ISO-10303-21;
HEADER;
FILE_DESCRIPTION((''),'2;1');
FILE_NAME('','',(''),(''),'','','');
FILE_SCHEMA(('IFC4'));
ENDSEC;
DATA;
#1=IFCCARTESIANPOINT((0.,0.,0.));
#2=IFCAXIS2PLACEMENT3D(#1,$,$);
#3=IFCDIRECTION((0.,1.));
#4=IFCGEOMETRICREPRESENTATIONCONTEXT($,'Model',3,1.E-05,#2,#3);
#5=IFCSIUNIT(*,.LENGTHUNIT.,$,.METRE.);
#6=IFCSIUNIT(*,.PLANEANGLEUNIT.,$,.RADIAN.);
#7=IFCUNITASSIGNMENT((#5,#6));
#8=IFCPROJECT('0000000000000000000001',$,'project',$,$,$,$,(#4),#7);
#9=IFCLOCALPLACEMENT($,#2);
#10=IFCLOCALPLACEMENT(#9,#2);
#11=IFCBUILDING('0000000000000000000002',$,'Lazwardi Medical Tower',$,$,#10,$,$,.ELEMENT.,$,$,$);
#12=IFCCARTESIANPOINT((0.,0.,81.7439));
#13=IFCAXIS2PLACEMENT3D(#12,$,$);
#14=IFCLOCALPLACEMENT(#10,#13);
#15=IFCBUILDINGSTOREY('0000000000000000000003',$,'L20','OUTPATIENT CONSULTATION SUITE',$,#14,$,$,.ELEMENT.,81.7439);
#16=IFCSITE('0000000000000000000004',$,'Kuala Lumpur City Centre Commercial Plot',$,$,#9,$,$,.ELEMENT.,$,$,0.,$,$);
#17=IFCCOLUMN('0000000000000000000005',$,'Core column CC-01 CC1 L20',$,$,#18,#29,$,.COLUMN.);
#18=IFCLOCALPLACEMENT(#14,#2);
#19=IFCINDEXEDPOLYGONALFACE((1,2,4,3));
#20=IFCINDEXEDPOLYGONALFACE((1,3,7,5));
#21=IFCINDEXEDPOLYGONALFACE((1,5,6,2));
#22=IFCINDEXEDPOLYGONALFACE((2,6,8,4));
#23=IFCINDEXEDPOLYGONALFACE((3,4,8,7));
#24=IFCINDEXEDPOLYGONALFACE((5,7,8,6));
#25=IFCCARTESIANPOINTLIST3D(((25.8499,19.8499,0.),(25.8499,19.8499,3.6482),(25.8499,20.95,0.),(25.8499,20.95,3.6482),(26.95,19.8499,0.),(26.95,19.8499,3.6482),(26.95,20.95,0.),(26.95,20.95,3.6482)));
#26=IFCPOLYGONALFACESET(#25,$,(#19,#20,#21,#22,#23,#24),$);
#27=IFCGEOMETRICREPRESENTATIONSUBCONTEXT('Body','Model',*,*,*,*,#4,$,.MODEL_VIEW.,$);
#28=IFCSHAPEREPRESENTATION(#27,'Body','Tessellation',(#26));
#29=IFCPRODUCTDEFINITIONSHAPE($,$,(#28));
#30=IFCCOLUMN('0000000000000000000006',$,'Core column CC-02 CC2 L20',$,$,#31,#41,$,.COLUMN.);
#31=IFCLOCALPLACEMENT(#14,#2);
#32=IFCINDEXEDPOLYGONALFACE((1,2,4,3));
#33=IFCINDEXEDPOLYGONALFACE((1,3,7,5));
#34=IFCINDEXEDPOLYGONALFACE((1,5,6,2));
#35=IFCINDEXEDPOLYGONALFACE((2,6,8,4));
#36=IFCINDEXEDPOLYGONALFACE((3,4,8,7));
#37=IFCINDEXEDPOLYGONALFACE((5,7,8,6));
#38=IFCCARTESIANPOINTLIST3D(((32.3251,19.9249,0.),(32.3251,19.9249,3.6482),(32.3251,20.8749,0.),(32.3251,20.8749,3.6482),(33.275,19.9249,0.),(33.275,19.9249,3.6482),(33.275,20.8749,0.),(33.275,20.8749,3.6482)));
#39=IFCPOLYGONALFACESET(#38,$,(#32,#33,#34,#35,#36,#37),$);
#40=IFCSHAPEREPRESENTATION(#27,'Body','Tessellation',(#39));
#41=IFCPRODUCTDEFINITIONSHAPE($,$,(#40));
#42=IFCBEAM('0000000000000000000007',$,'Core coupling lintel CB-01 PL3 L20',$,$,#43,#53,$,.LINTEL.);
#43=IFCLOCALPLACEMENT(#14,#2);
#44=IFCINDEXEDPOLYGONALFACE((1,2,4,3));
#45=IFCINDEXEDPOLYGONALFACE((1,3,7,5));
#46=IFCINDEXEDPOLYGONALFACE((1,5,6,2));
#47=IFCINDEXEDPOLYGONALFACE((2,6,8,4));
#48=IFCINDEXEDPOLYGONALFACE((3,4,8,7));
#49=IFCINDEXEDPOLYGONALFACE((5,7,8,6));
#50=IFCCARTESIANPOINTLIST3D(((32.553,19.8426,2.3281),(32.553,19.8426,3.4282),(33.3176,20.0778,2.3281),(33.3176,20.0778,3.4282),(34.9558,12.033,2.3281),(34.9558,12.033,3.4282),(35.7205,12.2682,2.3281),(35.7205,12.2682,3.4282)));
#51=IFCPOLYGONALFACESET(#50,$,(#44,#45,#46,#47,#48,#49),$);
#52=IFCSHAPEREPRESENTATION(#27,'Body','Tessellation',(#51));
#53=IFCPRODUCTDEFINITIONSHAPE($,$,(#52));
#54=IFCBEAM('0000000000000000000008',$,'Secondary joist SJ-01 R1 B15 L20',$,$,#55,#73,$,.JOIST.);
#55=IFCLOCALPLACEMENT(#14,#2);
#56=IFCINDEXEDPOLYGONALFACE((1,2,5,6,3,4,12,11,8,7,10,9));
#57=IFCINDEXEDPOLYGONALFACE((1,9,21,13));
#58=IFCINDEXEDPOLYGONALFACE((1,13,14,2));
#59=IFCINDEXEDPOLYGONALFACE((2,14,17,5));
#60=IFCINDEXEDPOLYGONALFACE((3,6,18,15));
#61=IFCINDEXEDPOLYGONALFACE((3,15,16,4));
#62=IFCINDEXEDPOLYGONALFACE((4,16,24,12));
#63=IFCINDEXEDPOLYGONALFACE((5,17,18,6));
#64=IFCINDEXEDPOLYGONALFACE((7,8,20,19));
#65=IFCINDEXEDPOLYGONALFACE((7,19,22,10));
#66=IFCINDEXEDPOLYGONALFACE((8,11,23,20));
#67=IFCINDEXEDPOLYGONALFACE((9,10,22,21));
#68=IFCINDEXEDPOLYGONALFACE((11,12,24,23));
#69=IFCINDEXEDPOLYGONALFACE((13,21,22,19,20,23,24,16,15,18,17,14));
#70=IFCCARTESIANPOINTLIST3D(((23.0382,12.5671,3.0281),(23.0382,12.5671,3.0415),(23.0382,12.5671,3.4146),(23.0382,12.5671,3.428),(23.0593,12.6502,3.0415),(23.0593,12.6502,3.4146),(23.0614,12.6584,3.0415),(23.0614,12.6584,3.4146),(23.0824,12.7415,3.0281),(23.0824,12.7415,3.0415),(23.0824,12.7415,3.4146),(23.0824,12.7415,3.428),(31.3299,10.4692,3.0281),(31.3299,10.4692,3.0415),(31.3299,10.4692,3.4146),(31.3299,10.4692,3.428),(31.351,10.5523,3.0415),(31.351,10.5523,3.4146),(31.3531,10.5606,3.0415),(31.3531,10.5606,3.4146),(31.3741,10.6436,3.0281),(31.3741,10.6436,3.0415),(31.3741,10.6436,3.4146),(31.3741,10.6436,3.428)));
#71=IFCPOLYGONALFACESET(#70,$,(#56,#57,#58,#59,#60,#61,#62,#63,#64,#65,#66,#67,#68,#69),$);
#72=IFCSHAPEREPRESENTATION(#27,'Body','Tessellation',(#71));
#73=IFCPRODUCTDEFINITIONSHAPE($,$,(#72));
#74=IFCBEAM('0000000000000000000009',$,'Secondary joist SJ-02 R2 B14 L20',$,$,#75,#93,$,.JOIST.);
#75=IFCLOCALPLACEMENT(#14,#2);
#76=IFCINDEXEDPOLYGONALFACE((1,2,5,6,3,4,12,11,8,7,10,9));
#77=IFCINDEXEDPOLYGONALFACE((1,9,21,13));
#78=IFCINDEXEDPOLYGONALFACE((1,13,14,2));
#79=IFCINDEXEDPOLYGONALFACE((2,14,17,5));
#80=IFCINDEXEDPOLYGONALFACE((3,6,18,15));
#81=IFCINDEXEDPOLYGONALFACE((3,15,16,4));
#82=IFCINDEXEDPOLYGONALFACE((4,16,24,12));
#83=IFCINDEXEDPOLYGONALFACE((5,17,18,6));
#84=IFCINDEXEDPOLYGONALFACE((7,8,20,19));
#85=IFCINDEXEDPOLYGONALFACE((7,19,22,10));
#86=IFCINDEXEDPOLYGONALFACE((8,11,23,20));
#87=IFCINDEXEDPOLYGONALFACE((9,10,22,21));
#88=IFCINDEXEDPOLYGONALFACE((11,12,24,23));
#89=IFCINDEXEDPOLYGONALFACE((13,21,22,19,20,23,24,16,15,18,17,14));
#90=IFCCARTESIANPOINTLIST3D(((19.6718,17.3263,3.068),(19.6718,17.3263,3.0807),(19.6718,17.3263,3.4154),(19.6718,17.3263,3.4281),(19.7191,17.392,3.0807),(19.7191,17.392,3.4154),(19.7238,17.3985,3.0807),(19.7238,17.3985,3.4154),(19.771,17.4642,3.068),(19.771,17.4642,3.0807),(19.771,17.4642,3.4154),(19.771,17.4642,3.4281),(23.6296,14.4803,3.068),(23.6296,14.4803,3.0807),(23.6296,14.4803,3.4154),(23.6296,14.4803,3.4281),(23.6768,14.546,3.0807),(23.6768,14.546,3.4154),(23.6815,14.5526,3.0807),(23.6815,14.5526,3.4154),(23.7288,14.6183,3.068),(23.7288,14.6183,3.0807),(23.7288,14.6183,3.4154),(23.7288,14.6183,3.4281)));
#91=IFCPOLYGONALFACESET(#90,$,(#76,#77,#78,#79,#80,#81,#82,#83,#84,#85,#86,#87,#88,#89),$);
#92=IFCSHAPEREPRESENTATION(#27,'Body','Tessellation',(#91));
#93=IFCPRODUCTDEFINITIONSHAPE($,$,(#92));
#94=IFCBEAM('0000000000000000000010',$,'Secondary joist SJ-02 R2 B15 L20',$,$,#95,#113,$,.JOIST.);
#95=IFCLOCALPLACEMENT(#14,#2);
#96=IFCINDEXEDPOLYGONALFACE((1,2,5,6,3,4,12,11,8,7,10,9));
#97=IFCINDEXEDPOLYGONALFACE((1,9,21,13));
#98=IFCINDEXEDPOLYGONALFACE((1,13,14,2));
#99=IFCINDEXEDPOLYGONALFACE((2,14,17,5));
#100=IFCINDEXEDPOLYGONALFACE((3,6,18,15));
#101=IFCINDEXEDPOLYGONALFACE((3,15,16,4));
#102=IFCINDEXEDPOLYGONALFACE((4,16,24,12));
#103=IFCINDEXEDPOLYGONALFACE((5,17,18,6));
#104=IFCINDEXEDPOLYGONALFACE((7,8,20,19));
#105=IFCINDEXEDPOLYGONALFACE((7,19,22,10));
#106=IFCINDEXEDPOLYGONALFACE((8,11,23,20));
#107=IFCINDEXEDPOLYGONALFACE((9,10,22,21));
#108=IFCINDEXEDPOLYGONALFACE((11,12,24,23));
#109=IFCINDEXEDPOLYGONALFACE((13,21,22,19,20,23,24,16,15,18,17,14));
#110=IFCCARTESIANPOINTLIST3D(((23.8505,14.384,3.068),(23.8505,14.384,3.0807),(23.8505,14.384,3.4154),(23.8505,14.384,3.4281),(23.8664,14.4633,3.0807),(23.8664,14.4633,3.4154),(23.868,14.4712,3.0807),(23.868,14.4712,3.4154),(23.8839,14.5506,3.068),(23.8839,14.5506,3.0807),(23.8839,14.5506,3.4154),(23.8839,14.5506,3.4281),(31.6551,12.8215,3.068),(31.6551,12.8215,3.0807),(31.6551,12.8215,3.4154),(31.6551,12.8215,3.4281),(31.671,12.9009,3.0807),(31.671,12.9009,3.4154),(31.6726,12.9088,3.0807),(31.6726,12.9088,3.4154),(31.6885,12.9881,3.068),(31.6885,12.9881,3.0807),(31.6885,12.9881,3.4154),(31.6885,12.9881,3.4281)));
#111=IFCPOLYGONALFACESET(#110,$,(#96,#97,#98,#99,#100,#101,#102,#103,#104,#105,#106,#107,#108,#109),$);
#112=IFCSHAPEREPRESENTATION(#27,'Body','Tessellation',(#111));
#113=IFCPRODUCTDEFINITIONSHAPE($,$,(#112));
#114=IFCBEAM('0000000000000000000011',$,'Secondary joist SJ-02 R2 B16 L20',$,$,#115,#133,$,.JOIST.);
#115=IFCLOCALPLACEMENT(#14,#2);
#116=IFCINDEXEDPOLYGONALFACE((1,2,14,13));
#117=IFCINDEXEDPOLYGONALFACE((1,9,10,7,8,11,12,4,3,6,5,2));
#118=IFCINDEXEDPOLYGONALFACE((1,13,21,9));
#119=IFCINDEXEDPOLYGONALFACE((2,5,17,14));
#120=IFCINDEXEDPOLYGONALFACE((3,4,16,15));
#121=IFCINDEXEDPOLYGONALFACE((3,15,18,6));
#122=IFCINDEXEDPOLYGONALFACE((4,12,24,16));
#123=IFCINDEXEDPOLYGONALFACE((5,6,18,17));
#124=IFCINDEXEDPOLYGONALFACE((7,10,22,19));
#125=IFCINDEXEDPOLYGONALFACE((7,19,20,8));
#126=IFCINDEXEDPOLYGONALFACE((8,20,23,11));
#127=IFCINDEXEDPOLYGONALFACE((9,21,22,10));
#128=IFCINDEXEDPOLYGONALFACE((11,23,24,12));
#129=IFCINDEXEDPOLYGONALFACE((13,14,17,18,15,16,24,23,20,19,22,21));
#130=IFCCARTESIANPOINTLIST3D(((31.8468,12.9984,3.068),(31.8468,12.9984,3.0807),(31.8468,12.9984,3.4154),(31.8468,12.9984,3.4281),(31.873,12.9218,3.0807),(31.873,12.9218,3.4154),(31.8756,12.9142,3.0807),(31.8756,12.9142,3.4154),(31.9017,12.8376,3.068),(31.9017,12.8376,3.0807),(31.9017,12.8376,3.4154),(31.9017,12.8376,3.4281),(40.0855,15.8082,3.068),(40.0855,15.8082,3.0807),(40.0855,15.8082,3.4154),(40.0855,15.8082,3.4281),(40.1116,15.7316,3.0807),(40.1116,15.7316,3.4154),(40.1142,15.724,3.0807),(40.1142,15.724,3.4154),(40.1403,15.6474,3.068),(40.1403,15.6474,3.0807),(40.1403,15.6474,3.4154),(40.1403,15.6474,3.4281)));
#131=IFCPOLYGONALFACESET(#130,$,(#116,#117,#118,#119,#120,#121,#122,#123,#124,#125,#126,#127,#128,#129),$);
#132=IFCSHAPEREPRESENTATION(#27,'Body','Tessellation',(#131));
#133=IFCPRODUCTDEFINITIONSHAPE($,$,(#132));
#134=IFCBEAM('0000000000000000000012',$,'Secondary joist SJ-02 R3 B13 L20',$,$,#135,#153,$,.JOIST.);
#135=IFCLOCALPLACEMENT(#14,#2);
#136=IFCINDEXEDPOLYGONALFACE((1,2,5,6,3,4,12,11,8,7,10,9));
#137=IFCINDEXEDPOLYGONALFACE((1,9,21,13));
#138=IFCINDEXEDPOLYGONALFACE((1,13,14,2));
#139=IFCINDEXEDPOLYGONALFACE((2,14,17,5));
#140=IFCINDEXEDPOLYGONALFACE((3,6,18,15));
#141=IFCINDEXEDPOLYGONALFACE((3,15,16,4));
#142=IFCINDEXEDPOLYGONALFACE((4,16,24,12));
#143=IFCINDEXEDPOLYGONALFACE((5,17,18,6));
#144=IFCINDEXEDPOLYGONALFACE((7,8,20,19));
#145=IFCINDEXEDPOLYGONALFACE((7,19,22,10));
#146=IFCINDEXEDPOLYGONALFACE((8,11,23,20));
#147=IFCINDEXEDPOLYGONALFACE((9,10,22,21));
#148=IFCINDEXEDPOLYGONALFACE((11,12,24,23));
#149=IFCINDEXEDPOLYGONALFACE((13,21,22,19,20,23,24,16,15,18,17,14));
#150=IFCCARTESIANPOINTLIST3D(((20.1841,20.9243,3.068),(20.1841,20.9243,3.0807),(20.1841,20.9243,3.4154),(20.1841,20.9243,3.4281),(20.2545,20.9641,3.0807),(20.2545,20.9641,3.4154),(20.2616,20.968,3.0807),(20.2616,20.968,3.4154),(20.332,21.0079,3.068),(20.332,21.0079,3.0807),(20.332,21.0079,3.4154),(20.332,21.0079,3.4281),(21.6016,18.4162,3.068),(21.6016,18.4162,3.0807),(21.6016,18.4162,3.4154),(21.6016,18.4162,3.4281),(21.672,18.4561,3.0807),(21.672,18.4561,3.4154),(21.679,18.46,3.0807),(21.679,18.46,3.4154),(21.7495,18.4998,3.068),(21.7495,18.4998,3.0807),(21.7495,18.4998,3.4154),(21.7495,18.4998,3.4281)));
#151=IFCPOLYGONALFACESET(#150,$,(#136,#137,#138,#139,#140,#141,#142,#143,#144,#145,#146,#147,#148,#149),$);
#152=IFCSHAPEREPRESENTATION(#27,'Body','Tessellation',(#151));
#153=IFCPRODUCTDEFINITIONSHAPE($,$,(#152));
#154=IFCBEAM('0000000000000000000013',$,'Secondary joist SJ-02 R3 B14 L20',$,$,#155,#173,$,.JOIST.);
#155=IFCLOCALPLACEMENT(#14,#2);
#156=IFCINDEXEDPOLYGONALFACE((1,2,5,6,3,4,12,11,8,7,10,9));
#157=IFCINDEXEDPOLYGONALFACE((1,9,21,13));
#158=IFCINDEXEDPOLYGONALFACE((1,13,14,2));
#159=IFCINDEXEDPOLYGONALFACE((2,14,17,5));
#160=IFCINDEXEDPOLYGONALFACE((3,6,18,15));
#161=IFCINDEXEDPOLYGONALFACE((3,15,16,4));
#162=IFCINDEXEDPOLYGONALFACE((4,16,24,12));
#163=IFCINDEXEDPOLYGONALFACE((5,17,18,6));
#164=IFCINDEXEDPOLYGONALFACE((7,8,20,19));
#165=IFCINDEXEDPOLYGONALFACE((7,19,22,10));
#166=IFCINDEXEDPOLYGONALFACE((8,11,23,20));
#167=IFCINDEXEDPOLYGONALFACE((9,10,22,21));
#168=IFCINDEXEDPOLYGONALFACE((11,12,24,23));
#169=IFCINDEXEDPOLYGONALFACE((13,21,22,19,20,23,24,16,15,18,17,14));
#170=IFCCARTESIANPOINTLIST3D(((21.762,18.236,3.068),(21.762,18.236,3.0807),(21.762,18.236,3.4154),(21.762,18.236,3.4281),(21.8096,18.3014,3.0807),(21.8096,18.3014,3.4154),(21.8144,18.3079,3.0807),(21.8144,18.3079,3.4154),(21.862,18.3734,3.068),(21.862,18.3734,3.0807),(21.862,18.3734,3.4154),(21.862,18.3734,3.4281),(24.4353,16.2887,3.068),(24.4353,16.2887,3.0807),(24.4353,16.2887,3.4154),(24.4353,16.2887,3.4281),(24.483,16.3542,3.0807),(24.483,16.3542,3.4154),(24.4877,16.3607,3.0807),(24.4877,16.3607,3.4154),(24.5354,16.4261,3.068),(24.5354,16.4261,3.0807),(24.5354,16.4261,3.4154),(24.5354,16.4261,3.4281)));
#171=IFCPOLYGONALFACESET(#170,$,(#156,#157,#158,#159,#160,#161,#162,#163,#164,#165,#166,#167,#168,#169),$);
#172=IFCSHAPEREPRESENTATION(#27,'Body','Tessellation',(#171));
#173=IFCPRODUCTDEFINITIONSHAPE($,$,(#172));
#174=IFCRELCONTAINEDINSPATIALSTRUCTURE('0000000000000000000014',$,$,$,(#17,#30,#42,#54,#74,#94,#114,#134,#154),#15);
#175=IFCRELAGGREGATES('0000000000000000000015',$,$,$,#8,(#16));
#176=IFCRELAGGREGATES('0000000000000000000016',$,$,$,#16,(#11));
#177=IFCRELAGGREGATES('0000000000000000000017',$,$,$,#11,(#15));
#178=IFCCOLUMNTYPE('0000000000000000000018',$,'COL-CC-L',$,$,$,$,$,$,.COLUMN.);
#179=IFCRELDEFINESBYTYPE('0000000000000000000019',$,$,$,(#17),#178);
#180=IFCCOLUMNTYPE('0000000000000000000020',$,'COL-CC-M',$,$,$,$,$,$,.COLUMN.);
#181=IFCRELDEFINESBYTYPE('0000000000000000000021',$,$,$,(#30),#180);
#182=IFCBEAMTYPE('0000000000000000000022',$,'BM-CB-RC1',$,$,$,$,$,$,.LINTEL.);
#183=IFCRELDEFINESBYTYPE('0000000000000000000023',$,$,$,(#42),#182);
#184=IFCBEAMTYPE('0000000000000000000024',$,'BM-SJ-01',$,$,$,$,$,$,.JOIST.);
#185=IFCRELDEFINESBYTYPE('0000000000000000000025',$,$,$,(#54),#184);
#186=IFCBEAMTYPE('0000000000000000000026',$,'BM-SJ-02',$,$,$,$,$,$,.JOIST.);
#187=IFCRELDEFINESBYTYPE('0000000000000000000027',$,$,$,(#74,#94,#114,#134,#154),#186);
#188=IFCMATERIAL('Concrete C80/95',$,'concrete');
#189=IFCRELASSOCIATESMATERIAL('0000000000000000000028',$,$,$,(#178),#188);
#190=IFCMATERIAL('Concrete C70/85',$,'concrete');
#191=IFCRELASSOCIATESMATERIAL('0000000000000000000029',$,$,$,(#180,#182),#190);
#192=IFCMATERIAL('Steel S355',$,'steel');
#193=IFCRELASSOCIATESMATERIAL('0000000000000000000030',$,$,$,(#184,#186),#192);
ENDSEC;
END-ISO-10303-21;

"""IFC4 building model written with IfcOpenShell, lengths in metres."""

from ifc_helpers import new_model, si_unit, direction, frame, origin, origin_2d, place, context, subcontext, project, spatial, rectangle, i_section, extrude, material, material_profile, profile_set, type_object, element, save


model = new_model("IFC4")

# Units and contexts
model_context = context("Model", 3, precision=1e-05, world=origin(), true_north=direction((0.0, 1.0)))
body_context = subcontext(model_context, "Body", "Model", "MODEL_VIEW")
ifc_project = project(units=[si_unit("LENGTHUNIT", "METRE"), si_unit("PLANEANGLEUNIT", "RADIAN")], contexts=[model_context])

# Site, building, storey
site_placement = place(None, origin())
site = spatial("IfcSite", under=ifc_project, at=site_placement, Name="Kuala Lumpur City Centre Commercial Plot", CompositionType="ELEMENT", RefElevation=0.0)
building_placement = place(site_placement, origin())
building = spatial("IfcBuilding", under=site, at=building_placement, Name="Lazwardi Medical Tower", CompositionType="ELEMENT")
storey_placement = place(building_placement, frame((0.0, 0.0, 81.7439)))
storey = spatial("IfcBuildingStorey", under=building, at=storey_placement, Name="L20", Description="OUTPATIENT CONSULTATION SUITE", CompositionType="ELEMENT", Elevation=81.7439)

# Columns
ifc_material_1 = material(Name="Concrete C80/95", Category="concrete")
ifc_material_profile_1 = material_profile(ifc_material_1, rectangle(XDim=1.1001, YDim=1.1001, at=origin_2d()), Name="RC 1100x1100")
ifc_profile_set_1 = profile_set([ifc_material_profile_1], Name="Concrete C80/95")
column_type_1 = type_object("IfcColumnType", Name="COL-CC-L", PredefinedType="COLUMN", material=ifc_profile_set_1)
column_1_placement = place(storey_placement, frame((26.3999, 20.3999, 0.0), z_axis=(0.0, 0.0, 1.0), x_axis=(1.0, 0.0, 0.0)))
element("IfcColumn", 1, at=column_1_placement, inside=storey, type_object=column_type_1, Name="Core column CC-01 CC1 L20", PredefinedType="COLUMN", context=body_context, shape_type="SweptSolid", body=[
    extrude(rectangle(XDim=1.1001, YDim=1.1001, at=origin_2d()), origin(), (0.0, 0.0, 1.0), 3.6482),
])
ifc_material_2 = material(Name="Concrete C70/85", Category="concrete")
ifc_material_profile_2 = material_profile(ifc_material_2, rectangle(XDim=0.95, YDim=0.95, at=origin_2d()), Name="RC 950x950")
ifc_profile_set_2 = profile_set([ifc_material_profile_2], Name="Concrete C70/85")
column_type_2 = type_object("IfcColumnType", Name="COL-CC-M", PredefinedType="COLUMN", material=ifc_profile_set_2)
column_2_placement = place(storey_placement, frame((32.8, 20.3999, 0.0), z_axis=(0.0, 0.0, 1.0), x_axis=(1.0, 0.0, 0.0)))
element("IfcColumn", 2, at=column_2_placement, inside=storey, type_object=column_type_2, Name="Core column CC-02 CC2 L20", PredefinedType="COLUMN", context=body_context, shape_type="SweptSolid", body=[
    extrude(rectangle(XDim=0.95, YDim=0.95, at=origin_2d()), origin(), (0.0, 0.0, 1.0), 3.6482),
])

# Beams
ifc_material_profile_3 = material_profile(ifc_material_2, rectangle(XDim=0.8, YDim=1.1001, at=origin_2d()), Name="RC 800x1100")
ifc_profile_set_3 = profile_set([ifc_material_profile_3], Name="Concrete C70/85")
beam_type_1 = type_object("IfcBeamType", Name="BM-CB-RC1", PredefinedType="LINTEL", material=ifc_profile_set_3)
beam_1_placement = place(storey_placement, frame((32.9353, 19.9602, 2.8782), z_axis=(0.294073, -0.955783, 0.0), x_axis=(0.955783, 0.294073, 0.0)))
element("IfcBeam", 3, at=beam_1_placement, inside=storey, type_object=beam_type_1, Name="Core coupling lintel CB-01 PL3 L20", PredefinedType="LINTEL", context=body_context, shape_type="SweptSolid", body=[
    extrude(rectangle(XDim=0.8, YDim=1.1001, at=origin_2d()), origin(), (0.0, 0.0, 1.0), 8.1709),
])
ifc_material_3 = material(Name="Steel S355", Category="steel")
ifc_material_profile_4 = material_profile(ifc_material_3, i_section(OverallWidth=0.1799, OverallDepth=0.3999, WebThickness=0.0085, FlangeThickness=0.0134, at=origin_2d()), Name="IPE 400")
ifc_profile_set_4 = profile_set([ifc_material_profile_4], Name="Steel S355")
beam_type_2 = type_object("IfcBeamType", Name="BM-SJ-01", PredefinedType="JOIST", material=ifc_profile_set_4)
beam_2_placement = place(storey_placement, frame((23.0603, 12.6543, 3.228), z_axis=(0.969452, -0.245282, 0.0), x_axis=(0.245282, 0.969452, 0.0)))
element("IfcBeam", 4, at=beam_2_placement, inside=storey, type_object=beam_type_2, Name="Secondary joist SJ-01 R1 B15 L20", PredefinedType="JOIST", context=body_context, shape_type="SweptSolid", body=[
    extrude(i_section(OverallWidth=0.1799, OverallDepth=0.3999, WebThickness=0.0085, FlangeThickness=0.0134, at=origin_2d()), origin(), (0.0, 0.0, 1.0), 8.553),
])
ifc_material_profile_5 = material_profile(ifc_material_3, i_section(OverallWidth=0.1699, OverallDepth=0.3601, WebThickness=0.0081, FlangeThickness=0.0127, at=origin_2d()), Name="IPE 360")
ifc_profile_set_5 = profile_set([ifc_material_profile_5], Name="Steel S355")
beam_type_3 = type_object("IfcBeamType", Name="BM-SJ-02", PredefinedType="JOIST", material=ifc_profile_set_5)
beam_3_placement = place(storey_placement, frame((19.7214, 17.3953, 3.248), z_axis=(0.811889, -0.583813, 0.0), x_axis=(0.583813, 0.811889, 0.0)))
element("IfcBeam", 5, at=beam_3_placement, inside=storey, type_object=beam_type_3, Name="Secondary joist SJ-02 R2 B14 L20", PredefinedType="JOIST", context=body_context, shape_type="SweptSolid", body=[
    extrude(i_section(OverallWidth=0.1699, OverallDepth=0.3601, WebThickness=0.0081, FlangeThickness=0.0127, at=origin_2d()), origin(), (0.0, 0.0, 1.0), 4.8748),
])
beam_4_placement = place(storey_placement, frame((23.8672, 14.4673, 3.248), z_axis=(0.980543, -0.196305, 0.0), x_axis=(0.196305, 0.980543, 0.0)))
element("IfcBeam", 6, at=beam_4_placement, inside=storey, type_object=beam_type_3, Name="Secondary joist SJ-02 R2 B15 L20", PredefinedType="JOIST", context=body_context, shape_type="SweptSolid", body=[
    extrude(i_section(OverallWidth=0.1699, OverallDepth=0.3601, WebThickness=0.0081, FlangeThickness=0.0127, at=origin_2d()), origin(), (0.0, 0.0, 1.0), 7.9595),
])
beam_5_placement = place(storey_placement, frame((31.8743, 12.918, 3.248), z_axis=(0.946467, 0.3228, 0.0), x_axis=(-0.3228, 0.946467, 0.0)))
element("IfcBeam", 7, at=beam_5_placement, inside=storey, type_object=beam_type_3, Name="Secondary joist SJ-02 R2 B16 L20", PredefinedType="JOIST", context=body_context, shape_type="SweptSolid", body=[
    extrude(i_section(OverallWidth=0.1699, OverallDepth=0.3601, WebThickness=0.0081, FlangeThickness=0.0127, at=origin_2d()), origin(), (0.0, 0.0, 1.0), 8.7046),
])
beam_6_placement = place(storey_placement, frame((20.2581, 20.9661, 3.248), z_axis=(0.492027, -0.87058, 0.0), x_axis=(0.87058, 0.492027, 0.0)))
element("IfcBeam", 8, at=beam_6_placement, inside=storey, type_object=beam_type_3, Name="Secondary joist SJ-02 R3 B13 L20", PredefinedType="JOIST", context=body_context, shape_type="SweptSolid", body=[
    extrude(i_section(OverallWidth=0.1699, OverallDepth=0.3601, WebThickness=0.0081, FlangeThickness=0.0127, at=origin_2d()), origin(), (0.0, 0.0, 1.0), 2.8809),
])
beam_7_placement = place(storey_placement, frame((21.812, 18.3047, 3.248), z_axis=(0.808302, -0.588768, 0.0), x_axis=(0.588768, 0.808302, 0.0)))
element("IfcBeam", 9, at=beam_7_placement, inside=storey, type_object=beam_type_3, Name="Secondary joist SJ-02 R3 B14 L20", PredefinedType="JOIST", context=body_context, shape_type="SweptSolid", body=[
    extrude(i_section(OverallWidth=0.1699, OverallDepth=0.3601, WebThickness=0.0081, FlangeThickness=0.0127, at=origin_2d()), origin(), (0.0, 0.0, 1.0), 3.3074),
])

save(model, "model.ifc")
